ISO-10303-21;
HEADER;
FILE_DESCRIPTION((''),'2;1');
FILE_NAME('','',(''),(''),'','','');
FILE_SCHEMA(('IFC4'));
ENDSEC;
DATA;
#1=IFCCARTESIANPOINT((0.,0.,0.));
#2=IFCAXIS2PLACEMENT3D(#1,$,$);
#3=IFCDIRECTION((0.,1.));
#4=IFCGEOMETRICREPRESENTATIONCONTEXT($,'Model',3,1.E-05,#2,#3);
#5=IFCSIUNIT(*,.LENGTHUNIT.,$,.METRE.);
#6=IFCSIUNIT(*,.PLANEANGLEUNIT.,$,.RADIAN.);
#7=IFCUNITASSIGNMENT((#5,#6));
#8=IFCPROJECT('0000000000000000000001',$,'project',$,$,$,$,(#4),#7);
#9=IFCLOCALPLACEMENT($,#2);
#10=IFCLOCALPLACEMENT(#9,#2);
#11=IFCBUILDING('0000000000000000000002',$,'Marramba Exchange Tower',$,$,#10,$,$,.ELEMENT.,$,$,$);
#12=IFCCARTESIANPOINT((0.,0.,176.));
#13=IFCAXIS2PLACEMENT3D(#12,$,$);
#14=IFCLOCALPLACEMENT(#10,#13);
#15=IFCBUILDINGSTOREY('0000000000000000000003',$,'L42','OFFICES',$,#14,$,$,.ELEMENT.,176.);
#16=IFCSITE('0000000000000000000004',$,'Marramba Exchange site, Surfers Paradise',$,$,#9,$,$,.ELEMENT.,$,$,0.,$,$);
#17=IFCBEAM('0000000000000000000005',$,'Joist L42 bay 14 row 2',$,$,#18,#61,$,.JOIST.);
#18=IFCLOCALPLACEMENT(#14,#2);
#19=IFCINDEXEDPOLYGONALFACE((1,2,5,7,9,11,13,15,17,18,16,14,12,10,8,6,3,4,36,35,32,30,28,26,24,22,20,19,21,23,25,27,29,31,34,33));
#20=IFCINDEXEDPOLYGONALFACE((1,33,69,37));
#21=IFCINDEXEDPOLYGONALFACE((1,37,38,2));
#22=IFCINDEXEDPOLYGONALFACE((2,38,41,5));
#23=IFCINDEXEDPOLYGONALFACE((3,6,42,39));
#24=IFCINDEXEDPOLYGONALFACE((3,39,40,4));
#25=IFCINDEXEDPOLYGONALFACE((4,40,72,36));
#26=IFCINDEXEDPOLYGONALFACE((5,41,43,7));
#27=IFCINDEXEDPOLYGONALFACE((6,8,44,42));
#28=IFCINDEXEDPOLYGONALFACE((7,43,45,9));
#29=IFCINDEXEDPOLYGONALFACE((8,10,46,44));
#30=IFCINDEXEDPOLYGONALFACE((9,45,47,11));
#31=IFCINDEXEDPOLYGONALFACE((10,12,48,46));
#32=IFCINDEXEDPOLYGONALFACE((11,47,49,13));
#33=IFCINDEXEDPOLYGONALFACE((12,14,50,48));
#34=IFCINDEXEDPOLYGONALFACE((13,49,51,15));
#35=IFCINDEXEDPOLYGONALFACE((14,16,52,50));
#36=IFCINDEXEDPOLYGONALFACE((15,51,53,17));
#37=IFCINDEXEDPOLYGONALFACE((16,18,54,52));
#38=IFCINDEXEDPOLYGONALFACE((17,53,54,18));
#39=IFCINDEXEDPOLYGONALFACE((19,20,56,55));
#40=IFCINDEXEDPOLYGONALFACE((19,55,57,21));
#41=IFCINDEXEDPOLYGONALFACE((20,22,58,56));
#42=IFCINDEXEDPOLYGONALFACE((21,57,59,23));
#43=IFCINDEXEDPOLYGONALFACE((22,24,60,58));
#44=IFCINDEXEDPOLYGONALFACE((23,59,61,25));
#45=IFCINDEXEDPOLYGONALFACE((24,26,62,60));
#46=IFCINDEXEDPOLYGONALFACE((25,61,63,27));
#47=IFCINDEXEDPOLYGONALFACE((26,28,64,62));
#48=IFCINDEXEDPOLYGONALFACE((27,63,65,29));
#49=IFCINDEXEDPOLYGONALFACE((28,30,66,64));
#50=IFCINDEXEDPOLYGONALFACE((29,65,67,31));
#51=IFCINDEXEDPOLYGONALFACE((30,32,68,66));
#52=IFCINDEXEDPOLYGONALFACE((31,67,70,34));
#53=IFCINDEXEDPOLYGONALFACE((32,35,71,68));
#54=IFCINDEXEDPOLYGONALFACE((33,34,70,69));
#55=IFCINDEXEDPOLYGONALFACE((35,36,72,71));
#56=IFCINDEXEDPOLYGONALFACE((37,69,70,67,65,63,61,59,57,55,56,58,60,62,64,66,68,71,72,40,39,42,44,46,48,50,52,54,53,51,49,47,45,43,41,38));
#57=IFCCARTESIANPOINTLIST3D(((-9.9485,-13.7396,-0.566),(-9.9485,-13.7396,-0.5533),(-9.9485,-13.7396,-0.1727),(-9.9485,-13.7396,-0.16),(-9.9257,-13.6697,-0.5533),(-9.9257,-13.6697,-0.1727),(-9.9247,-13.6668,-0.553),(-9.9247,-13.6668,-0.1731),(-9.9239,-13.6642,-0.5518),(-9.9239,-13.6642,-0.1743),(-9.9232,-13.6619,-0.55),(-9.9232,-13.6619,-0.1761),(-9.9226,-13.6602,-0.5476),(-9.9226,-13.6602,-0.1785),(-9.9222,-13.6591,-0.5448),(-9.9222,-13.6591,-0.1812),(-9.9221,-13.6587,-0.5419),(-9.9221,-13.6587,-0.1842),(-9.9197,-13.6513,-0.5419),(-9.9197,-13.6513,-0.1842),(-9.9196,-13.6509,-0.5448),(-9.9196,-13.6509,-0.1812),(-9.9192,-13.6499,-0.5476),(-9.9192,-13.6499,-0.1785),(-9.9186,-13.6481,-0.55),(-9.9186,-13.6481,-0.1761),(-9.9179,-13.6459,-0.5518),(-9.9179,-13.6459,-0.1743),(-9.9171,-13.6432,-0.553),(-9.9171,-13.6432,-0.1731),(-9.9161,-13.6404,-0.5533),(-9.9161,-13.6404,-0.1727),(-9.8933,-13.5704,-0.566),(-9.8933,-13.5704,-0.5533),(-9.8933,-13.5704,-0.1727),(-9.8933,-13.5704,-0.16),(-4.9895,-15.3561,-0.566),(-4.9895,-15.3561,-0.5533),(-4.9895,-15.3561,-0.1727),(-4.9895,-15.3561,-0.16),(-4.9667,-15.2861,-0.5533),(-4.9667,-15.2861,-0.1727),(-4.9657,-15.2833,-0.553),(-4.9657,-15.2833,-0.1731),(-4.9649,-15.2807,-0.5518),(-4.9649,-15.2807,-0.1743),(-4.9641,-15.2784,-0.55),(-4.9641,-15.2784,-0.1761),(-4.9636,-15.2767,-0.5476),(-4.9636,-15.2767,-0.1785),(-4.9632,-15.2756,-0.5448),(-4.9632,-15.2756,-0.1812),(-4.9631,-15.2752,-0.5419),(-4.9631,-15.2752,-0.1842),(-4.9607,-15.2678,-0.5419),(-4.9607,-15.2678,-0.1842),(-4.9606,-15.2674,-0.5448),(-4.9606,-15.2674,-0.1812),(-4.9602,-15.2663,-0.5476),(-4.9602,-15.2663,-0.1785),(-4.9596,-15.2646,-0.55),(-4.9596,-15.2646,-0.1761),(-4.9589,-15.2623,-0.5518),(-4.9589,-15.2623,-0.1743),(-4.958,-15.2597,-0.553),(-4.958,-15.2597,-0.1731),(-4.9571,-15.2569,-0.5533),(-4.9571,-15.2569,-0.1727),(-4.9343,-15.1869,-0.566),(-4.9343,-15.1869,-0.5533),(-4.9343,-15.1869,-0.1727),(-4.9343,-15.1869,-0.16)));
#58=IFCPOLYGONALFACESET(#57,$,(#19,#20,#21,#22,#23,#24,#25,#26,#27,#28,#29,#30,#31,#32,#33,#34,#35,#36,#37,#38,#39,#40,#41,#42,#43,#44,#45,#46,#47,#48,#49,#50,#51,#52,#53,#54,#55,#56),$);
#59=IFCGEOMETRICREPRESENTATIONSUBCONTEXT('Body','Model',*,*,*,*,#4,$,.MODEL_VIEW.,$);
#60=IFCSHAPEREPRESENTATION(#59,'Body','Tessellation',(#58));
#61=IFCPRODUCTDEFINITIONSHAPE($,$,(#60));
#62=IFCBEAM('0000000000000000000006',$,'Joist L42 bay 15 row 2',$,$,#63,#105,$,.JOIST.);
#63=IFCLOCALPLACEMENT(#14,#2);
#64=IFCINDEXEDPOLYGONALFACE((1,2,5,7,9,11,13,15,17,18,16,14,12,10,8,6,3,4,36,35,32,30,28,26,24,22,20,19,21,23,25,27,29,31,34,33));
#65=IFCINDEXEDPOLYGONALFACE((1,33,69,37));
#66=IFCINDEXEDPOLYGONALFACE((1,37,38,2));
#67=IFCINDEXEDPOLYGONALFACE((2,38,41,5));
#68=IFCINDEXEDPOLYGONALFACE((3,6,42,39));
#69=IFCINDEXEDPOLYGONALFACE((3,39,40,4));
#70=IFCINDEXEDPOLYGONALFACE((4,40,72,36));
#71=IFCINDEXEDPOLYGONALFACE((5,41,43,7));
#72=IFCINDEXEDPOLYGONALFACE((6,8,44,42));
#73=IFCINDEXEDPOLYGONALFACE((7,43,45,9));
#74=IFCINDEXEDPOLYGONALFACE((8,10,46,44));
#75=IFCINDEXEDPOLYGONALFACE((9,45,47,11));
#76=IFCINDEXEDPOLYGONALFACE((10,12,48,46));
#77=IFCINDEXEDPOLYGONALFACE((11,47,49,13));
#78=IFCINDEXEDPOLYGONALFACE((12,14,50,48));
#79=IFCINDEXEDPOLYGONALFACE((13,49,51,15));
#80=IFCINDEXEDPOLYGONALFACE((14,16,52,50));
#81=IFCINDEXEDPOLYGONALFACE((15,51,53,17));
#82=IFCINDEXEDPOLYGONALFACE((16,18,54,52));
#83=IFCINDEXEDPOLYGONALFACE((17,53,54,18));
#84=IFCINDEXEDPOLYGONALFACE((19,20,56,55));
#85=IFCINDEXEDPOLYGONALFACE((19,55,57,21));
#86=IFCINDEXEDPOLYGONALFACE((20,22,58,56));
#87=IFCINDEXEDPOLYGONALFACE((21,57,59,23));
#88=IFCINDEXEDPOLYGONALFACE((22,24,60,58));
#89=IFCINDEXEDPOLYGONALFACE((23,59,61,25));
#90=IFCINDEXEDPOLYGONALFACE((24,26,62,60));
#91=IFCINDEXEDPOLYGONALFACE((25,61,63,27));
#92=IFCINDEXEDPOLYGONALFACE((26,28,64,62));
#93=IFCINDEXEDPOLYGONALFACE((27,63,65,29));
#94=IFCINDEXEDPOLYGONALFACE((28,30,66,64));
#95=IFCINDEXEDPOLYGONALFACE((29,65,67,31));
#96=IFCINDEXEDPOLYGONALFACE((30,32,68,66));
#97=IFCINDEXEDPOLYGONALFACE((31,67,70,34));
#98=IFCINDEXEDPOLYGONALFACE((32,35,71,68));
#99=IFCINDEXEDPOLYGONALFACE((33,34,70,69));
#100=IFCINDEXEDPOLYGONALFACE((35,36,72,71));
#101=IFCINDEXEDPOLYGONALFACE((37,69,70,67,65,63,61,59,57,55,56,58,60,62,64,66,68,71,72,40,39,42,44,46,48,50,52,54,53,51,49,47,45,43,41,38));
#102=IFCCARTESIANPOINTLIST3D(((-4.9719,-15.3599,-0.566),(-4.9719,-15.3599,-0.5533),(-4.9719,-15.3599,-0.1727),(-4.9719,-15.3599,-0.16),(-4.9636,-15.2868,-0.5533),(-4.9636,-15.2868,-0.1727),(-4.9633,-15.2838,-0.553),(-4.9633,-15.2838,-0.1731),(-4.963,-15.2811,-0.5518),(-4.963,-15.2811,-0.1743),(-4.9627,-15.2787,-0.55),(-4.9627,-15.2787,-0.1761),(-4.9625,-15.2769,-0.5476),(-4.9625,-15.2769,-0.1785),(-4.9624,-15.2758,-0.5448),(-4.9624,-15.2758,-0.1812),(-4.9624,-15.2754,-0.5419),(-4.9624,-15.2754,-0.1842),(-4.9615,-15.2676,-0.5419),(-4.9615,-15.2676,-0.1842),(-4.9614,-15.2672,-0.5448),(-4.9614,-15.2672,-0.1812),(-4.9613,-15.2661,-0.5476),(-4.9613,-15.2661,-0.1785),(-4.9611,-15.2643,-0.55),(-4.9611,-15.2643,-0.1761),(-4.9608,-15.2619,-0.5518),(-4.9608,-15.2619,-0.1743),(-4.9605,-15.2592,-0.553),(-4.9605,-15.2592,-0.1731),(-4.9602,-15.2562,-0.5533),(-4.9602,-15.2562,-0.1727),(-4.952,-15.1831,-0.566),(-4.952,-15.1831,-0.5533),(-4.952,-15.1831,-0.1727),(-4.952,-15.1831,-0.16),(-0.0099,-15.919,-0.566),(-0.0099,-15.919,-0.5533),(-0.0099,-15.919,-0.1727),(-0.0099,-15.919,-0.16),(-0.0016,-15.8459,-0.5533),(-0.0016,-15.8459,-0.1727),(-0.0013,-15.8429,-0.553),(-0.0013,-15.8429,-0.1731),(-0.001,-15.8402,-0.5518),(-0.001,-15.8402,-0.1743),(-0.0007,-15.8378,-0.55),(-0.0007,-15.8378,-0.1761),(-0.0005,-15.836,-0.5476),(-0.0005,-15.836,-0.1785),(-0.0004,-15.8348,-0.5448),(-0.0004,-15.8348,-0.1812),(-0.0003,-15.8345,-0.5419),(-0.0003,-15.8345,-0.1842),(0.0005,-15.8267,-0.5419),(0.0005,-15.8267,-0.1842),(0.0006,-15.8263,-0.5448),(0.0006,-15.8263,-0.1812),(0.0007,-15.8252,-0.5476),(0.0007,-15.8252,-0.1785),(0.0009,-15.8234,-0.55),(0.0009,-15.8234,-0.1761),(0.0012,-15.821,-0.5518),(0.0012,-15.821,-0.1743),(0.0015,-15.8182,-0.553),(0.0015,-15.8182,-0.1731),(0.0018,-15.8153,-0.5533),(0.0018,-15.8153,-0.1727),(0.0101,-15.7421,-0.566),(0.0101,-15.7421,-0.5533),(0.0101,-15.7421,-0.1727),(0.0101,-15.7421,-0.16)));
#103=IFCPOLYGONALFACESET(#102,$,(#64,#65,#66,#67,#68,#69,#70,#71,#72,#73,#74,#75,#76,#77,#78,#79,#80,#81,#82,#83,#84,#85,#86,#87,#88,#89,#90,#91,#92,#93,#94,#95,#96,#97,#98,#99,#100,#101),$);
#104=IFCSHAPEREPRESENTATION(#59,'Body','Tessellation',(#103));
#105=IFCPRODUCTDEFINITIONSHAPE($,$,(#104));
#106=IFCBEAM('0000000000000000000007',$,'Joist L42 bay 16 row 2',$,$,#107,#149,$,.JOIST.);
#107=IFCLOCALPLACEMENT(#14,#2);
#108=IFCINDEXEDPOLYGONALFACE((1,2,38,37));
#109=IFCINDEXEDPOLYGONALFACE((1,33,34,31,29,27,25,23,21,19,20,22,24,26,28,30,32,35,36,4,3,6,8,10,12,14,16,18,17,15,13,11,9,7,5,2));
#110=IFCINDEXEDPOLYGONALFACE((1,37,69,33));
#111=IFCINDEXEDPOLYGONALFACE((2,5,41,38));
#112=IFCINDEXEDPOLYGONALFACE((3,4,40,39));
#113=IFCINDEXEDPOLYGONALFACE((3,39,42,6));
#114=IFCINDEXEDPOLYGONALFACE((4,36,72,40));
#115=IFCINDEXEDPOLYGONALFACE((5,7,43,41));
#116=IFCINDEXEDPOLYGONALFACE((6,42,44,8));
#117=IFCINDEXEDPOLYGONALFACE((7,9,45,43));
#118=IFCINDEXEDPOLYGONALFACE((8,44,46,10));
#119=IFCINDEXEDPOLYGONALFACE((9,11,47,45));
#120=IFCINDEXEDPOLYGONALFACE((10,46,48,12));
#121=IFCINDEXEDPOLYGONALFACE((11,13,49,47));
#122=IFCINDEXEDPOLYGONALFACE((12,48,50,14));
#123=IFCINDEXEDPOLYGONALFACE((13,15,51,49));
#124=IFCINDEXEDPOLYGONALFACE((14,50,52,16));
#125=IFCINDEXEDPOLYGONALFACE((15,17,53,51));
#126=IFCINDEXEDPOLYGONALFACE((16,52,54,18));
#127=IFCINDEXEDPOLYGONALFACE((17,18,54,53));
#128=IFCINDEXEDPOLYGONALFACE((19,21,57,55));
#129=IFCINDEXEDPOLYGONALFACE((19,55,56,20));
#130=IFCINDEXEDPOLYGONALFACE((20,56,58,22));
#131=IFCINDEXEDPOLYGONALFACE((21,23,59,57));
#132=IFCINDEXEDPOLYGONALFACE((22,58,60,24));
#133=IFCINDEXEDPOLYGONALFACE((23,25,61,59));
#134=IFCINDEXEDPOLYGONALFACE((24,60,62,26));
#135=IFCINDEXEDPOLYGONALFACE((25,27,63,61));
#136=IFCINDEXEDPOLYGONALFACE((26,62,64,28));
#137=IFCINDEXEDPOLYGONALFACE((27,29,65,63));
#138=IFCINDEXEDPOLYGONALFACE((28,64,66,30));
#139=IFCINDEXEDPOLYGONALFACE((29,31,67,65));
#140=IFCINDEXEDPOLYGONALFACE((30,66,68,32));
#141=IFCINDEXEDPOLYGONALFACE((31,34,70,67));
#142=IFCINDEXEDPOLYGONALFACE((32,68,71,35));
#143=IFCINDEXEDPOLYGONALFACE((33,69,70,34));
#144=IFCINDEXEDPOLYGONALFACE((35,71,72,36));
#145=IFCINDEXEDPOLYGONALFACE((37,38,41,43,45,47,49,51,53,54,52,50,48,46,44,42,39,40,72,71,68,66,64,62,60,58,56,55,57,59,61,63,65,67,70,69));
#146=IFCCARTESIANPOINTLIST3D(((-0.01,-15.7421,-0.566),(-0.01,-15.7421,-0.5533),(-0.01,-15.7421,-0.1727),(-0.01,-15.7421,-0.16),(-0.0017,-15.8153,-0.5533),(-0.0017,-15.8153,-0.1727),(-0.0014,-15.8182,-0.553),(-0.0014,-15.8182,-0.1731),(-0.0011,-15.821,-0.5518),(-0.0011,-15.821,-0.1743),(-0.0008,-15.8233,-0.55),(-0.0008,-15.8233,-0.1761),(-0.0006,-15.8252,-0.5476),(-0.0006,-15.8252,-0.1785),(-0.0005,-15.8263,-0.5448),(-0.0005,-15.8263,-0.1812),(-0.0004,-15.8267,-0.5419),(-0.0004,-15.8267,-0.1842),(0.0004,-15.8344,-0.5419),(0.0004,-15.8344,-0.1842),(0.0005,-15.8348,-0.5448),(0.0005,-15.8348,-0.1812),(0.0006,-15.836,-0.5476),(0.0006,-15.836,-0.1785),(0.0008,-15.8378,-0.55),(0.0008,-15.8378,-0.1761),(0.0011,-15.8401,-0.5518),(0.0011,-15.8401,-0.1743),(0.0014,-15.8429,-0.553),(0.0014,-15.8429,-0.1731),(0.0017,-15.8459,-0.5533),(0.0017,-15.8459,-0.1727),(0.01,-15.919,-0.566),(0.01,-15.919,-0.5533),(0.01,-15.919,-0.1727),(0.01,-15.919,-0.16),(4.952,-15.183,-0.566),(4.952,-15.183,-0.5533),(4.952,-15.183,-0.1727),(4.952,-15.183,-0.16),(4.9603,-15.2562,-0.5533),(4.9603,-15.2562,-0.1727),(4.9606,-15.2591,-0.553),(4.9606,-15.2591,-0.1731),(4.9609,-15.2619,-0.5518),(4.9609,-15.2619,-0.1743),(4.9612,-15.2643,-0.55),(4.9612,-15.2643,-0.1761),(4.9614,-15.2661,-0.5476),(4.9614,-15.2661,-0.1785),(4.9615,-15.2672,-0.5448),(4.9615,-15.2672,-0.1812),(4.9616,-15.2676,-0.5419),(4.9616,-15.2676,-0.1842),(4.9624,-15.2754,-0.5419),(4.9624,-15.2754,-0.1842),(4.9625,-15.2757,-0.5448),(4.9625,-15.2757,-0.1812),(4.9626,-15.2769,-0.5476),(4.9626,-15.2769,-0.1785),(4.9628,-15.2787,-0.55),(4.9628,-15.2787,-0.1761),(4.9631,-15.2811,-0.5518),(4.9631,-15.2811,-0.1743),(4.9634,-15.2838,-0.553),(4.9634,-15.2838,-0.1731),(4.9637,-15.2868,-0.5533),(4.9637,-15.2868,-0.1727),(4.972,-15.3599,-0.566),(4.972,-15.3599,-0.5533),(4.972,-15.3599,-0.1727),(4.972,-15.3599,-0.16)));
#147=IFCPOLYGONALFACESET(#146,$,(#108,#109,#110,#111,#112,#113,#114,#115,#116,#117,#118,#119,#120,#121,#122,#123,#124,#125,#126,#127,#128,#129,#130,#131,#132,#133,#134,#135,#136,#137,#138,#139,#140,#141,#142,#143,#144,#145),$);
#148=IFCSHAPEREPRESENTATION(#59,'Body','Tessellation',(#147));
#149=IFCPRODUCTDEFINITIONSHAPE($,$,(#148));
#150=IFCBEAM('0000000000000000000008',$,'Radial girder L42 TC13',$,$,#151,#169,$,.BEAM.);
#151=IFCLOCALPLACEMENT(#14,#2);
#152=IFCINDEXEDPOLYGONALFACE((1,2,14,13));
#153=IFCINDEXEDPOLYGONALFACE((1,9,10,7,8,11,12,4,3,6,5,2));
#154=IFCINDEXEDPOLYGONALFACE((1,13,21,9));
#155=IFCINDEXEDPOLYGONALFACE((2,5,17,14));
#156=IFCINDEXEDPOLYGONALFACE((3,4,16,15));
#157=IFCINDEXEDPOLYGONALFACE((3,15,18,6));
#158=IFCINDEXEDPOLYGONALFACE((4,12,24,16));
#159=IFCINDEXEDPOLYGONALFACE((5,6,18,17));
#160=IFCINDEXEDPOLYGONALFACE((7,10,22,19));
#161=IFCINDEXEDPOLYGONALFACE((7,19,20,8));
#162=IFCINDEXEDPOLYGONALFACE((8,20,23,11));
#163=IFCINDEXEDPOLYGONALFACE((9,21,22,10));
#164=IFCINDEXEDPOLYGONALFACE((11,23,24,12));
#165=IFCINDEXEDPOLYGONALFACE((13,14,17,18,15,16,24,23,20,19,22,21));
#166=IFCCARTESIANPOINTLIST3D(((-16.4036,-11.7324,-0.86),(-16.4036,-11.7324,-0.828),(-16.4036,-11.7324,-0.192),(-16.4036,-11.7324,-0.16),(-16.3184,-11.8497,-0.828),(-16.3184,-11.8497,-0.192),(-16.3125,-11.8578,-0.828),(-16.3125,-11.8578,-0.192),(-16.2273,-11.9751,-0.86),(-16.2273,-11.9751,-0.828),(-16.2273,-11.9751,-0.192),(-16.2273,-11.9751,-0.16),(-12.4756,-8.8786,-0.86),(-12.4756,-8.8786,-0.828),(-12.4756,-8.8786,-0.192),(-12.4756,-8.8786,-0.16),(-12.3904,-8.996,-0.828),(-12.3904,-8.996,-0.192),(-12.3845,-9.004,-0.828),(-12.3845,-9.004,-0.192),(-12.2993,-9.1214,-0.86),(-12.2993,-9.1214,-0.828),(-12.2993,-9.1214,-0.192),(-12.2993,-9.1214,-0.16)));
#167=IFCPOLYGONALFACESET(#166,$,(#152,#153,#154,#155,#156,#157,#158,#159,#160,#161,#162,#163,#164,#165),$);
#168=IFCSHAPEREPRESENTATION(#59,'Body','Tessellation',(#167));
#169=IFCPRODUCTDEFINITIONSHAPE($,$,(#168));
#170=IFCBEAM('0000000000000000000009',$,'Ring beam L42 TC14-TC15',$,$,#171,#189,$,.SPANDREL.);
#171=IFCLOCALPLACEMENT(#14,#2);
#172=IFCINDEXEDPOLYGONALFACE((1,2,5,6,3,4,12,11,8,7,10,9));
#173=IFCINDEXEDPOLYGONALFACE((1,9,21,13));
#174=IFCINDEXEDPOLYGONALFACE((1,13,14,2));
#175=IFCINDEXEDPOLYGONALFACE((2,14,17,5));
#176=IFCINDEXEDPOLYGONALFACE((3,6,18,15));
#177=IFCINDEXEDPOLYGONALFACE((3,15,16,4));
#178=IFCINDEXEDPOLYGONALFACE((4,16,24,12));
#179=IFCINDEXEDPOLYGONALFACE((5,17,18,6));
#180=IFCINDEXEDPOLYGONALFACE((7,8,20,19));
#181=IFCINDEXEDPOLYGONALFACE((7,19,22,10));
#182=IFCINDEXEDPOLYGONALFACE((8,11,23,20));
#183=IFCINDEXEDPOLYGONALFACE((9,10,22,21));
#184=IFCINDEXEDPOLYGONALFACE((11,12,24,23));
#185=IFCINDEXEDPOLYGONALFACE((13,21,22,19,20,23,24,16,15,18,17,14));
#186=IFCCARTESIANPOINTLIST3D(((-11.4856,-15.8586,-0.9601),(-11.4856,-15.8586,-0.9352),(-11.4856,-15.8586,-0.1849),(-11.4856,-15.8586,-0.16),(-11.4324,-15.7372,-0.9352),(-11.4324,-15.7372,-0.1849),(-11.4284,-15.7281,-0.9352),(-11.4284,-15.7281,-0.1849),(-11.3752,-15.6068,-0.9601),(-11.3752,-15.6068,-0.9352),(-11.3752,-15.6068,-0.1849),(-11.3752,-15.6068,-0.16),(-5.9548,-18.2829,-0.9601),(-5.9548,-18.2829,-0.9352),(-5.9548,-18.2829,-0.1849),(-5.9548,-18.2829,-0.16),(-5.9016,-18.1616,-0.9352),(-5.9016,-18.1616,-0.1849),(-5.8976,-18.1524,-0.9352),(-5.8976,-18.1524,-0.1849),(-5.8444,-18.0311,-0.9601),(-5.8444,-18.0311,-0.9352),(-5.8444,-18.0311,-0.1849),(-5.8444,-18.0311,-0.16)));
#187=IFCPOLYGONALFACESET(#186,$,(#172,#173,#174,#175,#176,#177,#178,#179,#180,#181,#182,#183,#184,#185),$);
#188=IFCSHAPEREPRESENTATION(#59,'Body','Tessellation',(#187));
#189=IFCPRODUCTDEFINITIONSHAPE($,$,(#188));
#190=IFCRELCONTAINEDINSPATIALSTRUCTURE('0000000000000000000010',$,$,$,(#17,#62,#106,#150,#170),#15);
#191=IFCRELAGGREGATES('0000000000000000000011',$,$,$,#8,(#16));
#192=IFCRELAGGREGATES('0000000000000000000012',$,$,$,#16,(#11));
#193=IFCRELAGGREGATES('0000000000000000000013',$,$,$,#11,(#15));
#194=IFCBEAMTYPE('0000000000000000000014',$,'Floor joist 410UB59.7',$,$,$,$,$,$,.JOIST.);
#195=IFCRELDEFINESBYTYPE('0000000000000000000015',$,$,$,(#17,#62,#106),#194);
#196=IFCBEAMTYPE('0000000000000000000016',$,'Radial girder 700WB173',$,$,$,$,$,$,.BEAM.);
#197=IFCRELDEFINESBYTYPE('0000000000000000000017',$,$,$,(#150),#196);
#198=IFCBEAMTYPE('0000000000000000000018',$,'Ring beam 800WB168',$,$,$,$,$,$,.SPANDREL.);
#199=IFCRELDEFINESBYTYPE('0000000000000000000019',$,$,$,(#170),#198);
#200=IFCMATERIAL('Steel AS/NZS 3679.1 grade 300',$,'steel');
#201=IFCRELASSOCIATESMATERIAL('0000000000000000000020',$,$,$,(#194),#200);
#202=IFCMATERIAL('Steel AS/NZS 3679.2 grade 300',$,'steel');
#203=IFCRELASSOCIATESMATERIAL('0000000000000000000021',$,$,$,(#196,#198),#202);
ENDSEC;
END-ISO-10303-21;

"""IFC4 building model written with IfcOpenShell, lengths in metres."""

from ifc_helpers import new_model, si_unit, direction, frame, origin, origin_2d, place, context, subcontext, project, spatial, i_section, extrude, material, material_profile, profile_set, type_object, element, save


model = new_model("IFC4")

# Units and contexts
model_context = context("Model", 3, precision=1e-05, world=origin(), true_north=direction((0.0, 1.0)))
body_context = subcontext(model_context, "Body", "Model", "MODEL_VIEW")
ifc_project = project(units=[si_unit("LENGTHUNIT", "METRE"), si_unit("PLANEANGLEUNIT", "RADIAN")], contexts=[model_context])

# Site, building, storey
site_placement = place(None, origin())
site = spatial("IfcSite", under=ifc_project, at=site_placement, Name="Marramba Exchange site, Surfers Paradise", CompositionType="ELEMENT", RefElevation=0.0)
building_placement = place(site_placement, origin())
building = spatial("IfcBuilding", under=site, at=building_placement, Name="Marramba Exchange Tower", CompositionType="ELEMENT")
storey_placement = place(building_placement, frame((0.0, 0.0, 176.0)))
storey = spatial("IfcBuildingStorey", under=building, at=storey_placement, Name="L42", Description="OFFICES", CompositionType="ELEMENT", Elevation=176.0)

# Beams
ifc_material_1 = material(Name="Steel AS/NZS 3679.2 grade 300", Category="steel")
ifc_material_2 = material(Name="Steel AS/NZS 3679.1 grade 300", Category="steel")
ifc_material_profile_1 = material_profile(ifc_material_2, i_section(OverallWidth=0.178, OverallDepth=0.406, WebThickness=0.0078, FlangeThickness=0.0127, FilletRadius=0.0115, at=origin_2d()), Name="410UB59.7")
ifc_profile_set_1 = profile_set([ifc_material_profile_1], Name="Steel AS/NZS 3679.1 grade 300")
beam_type_1 = type_object("IfcBeamType", Name="Floor joist 410UB59.7", PredefinedType="JOIST", material=ifc_profile_set_1)
beam_1_placement = place(storey_placement, frame((-9.9209, -13.655, -0.363), z_axis=(0.950764, -0.309916, 0.0), x_axis=(0.309916, 0.950764, 0.0)))
element("IfcBeam", 1, at=beam_1_placement, inside=storey, type_object=beam_type_1, Name="Joist L42 bay 14 row 2", PredefinedType="JOIST", context=body_context, shape_type="SweptSolid", body=[
    extrude(i_section(OverallWidth=0.178, OverallDepth=0.406, WebThickness=0.0078, FlangeThickness=0.0127, FilletRadius=0.0115, at=origin_2d()), origin(), (0.0, 0.0, 1.0), 5.2158),
])
for number, where, z_axis, x_axis, name in (
    (2, (-4.9619, -15.2715, -0.363), (0.993712, -0.111966, 0.0), (0.111966, 0.993712, 0.0), "Joist L42 bay 15 row 2"),
    (3, (0.0, -15.8306, -0.363), (0.993712, 0.111966, 0.0), (-0.111966, 0.993712, 0.0), "Joist L42 bay 16 row 2"),
):
    element("IfcBeam", number, at=place(storey_placement, frame(where, z_axis=z_axis, x_axis=x_axis)), inside=storey, type_object=beam_type_1, Name=name, PredefinedType="JOIST", context=body_context, shape_type="SweptSolid", body=[
        extrude(i_section(OverallWidth=0.178, OverallDepth=0.406, WebThickness=0.0078, FlangeThickness=0.0127, FilletRadius=0.0115, at=origin_2d()), origin(), (0.0, 0.0, 1.0), 4.9934),
    ])
ifc_material_profile_2 = material_profile(ifc_material_1, i_section(OverallWidth=0.3, OverallDepth=0.7, WebThickness=0.01, FlangeThickness=0.032, at=origin_2d()), Name="700WB173")
ifc_profile_set_2 = profile_set([ifc_material_profile_2], Name="Steel AS/NZS 3679.2 grade 300")
beam_type_2 = type_object("IfcBeamType", Name="Radial girder 700WB173", PredefinedType="BEAM", material=ifc_profile_set_2)
beam_2_placement = place(storey_placement, frame((-12.3875, -9.0, -0.51), z_axis=(-0.809025, -0.587774, 0.0), x_axis=(0.587774, -0.809025, 0.0)))
element("IfcBeam", 4, at=beam_2_placement, inside=storey, type_object=beam_type_2, Name="Radial girder L42 TC13", PredefinedType="BEAM", context=body_context, shape_type="SweptSolid", body=[
    extrude(i_section(OverallWidth=0.3, OverallDepth=0.7, WebThickness=0.01, FlangeThickness=0.032, at=origin_2d()), origin(), (0.0, 0.0, 1.0), 4.8552),
])
ifc_material_profile_3 = material_profile(ifc_material_1, i_section(OverallWidth=0.2749, OverallDepth=0.8, WebThickness=0.01, FlangeThickness=0.0249, at=origin_2d()), Name="800WB168")
ifc_profile_set_3 = profile_set([ifc_material_profile_3], Name="Steel AS/NZS 3679.2 grade 300")
beam_type_3 = type_object("IfcBeamType", Name="Ring beam 800WB168", PredefinedType="SPANDREL", material=ifc_profile_set_3)
beam_3_placement = place(storey_placement, frame((-11.4304, -15.7327, -0.5601), z_axis=(0.915877, -0.401459, 0.0), x_axis=(0.401459, 0.915877, 0.0)))
element("IfcBeam", 5, at=beam_3_placement, inside=storey, type_object=beam_type_3, Name="Ring beam L42 TC14-TC15", PredefinedType="SPANDREL", context=body_context, shape_type="SweptSolid", body=[
    extrude(i_section(OverallWidth=0.2749, OverallDepth=0.8, WebThickness=0.01, FlangeThickness=0.0249, at=origin_2d()), origin(), (0.0, 0.0, 1.0), 6.0388),
])

save(model, "model.ifc")
